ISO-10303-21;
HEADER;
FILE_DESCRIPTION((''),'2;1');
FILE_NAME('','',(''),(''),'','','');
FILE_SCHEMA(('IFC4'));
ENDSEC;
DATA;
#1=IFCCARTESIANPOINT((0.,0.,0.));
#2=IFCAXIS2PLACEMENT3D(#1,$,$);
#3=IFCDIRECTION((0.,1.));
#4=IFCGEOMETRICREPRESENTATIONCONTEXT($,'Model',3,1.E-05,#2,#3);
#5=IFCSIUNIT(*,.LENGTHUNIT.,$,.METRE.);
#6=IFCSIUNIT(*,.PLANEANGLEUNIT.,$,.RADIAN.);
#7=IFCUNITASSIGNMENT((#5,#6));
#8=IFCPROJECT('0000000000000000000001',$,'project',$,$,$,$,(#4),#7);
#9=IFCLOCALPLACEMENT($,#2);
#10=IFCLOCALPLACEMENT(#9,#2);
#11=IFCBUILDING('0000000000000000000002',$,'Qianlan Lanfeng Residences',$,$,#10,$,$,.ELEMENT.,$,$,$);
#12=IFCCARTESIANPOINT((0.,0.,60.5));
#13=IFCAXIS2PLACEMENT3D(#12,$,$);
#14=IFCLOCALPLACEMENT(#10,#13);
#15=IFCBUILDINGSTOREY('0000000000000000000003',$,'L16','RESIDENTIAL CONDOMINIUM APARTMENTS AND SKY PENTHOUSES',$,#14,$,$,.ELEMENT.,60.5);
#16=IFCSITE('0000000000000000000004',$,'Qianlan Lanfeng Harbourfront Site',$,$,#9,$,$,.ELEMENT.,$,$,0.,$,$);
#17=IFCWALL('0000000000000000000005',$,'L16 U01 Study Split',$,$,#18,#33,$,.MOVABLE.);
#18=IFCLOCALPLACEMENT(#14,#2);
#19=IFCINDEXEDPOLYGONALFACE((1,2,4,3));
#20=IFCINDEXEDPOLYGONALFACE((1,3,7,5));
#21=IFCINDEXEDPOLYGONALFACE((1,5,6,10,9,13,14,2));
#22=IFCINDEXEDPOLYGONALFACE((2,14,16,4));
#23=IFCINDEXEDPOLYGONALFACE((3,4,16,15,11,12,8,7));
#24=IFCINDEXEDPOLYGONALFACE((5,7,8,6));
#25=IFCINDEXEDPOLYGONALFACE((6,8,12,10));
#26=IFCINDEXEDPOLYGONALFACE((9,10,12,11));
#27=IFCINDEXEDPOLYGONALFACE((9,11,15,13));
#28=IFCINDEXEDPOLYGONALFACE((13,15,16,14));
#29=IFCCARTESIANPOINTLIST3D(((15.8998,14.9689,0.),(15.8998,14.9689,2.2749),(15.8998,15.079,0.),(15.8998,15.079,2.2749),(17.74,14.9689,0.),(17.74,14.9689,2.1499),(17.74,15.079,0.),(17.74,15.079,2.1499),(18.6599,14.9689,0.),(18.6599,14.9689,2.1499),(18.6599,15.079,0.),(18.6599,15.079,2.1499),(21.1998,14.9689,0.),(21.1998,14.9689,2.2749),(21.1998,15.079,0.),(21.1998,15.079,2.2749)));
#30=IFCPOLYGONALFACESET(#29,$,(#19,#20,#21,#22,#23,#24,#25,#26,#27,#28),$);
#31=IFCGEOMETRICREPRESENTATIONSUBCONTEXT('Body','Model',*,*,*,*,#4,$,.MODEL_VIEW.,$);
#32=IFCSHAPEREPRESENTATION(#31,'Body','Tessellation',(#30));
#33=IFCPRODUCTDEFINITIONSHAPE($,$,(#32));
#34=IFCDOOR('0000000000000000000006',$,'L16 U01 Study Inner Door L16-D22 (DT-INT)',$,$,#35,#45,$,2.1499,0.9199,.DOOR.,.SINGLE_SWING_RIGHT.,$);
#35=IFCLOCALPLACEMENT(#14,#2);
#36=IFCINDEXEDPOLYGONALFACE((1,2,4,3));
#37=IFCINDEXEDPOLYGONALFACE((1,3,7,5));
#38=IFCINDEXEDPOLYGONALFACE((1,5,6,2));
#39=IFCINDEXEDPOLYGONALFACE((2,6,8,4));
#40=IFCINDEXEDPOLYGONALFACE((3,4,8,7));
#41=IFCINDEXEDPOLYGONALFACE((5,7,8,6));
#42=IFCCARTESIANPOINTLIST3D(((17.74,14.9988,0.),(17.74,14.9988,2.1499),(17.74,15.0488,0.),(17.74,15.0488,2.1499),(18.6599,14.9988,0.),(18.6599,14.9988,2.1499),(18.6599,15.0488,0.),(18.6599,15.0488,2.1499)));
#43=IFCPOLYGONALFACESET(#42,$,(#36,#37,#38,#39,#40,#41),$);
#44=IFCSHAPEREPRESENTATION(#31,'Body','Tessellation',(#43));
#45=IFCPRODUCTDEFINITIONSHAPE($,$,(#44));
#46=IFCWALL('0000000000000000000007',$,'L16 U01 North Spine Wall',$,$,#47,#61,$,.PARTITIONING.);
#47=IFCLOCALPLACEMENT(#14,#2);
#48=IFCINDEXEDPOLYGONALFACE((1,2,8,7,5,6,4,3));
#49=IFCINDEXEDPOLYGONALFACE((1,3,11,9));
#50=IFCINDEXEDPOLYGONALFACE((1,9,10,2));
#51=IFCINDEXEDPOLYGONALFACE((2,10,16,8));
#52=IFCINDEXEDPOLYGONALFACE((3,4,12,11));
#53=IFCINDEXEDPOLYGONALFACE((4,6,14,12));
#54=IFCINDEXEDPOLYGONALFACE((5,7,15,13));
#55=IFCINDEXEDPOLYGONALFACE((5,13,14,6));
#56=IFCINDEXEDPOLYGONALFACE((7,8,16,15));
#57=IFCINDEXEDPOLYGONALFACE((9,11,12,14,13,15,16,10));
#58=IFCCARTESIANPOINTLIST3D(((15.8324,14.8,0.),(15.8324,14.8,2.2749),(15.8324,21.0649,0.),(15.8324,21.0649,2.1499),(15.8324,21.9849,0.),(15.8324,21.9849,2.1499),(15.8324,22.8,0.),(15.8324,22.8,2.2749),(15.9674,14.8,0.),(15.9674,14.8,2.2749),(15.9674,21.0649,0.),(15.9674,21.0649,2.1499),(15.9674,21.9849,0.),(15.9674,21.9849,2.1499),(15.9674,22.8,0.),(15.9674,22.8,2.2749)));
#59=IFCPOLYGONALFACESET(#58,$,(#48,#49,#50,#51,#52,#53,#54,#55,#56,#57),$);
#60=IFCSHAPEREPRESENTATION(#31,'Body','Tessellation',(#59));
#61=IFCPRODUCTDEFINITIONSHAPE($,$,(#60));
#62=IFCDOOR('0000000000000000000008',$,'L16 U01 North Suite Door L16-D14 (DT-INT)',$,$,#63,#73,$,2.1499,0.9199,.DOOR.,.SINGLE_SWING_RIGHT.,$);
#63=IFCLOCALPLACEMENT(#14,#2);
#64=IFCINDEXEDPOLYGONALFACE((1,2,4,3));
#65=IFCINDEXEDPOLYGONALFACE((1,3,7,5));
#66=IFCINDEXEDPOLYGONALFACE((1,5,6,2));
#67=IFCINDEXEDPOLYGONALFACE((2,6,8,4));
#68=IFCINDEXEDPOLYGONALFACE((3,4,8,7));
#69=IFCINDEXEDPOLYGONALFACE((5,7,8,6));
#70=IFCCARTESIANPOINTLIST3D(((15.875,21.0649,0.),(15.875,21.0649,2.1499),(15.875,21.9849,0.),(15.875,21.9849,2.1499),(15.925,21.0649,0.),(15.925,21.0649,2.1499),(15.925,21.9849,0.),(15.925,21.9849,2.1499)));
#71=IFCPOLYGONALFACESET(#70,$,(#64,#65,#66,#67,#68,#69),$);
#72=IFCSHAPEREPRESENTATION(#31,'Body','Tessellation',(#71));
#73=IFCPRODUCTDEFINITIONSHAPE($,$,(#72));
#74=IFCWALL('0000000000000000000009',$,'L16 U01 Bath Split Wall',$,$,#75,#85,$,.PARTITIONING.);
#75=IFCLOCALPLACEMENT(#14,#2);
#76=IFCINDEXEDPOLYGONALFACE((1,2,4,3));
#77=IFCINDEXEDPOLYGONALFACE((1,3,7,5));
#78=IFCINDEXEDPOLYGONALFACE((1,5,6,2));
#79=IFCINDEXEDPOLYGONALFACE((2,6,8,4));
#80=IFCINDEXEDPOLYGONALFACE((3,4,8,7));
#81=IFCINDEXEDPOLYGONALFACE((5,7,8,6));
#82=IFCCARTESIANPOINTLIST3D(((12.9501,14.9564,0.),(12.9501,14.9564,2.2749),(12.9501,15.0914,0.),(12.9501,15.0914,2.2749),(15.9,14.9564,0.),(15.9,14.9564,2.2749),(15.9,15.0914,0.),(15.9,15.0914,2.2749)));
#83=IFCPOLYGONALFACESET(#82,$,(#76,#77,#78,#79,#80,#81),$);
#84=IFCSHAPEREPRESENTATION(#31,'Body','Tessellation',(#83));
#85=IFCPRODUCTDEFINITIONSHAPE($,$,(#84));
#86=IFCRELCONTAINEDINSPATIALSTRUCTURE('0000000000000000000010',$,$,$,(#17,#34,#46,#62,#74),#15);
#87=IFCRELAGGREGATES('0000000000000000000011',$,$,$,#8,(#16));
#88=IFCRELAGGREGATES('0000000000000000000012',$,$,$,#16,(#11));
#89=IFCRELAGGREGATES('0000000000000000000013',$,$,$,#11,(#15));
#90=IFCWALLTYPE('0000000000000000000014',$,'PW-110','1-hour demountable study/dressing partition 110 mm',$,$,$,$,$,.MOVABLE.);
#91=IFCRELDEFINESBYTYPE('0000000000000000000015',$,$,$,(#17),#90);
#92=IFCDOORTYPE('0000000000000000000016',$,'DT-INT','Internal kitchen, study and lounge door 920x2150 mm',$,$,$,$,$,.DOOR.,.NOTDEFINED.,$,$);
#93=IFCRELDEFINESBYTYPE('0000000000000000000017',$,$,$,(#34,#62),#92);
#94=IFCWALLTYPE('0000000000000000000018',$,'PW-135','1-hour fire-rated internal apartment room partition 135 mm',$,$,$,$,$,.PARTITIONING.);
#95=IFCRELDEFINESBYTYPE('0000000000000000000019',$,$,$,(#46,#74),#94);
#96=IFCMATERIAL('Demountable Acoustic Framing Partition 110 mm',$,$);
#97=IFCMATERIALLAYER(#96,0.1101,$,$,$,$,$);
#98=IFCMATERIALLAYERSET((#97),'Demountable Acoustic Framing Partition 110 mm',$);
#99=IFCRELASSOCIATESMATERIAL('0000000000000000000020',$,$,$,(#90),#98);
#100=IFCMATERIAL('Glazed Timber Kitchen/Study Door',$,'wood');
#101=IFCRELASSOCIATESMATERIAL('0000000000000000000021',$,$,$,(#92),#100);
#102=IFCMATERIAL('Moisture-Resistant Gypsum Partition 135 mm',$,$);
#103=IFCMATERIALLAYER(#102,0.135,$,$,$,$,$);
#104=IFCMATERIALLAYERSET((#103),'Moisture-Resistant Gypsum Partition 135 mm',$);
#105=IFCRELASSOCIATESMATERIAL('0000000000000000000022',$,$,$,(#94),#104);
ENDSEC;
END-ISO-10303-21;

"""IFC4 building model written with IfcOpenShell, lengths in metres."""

from ifc_helpers import new_model, si_unit, direction, frame, frame_2d, origin, place, context, subcontext, project, spatial, rectangle, extrude, material, layer, layer_set, type_object, element, fill, save


model = new_model("IFC4")

# Units and contexts
model_context = context("Model", 3, precision=1e-05, world=origin(), true_north=direction((0.0, 1.0)))
body_context = subcontext(model_context, "Body", "Model", "MODEL_VIEW")
ifc_project = project(units=[si_unit("LENGTHUNIT", "METRE"), si_unit("PLANEANGLEUNIT", "RADIAN")], contexts=[model_context])

# Site, building, storey
site_placement = place(None, origin())
site = spatial("IfcSite", under=ifc_project, at=site_placement, Name="Qianlan Lanfeng Harbourfront Site", CompositionType="ELEMENT", RefElevation=0.0)
building_placement = place(site_placement, origin())
building = spatial("IfcBuilding", under=site, at=building_placement, Name="Qianlan Lanfeng Residences", CompositionType="ELEMENT")
storey_placement = place(building_placement, frame((0.0, 0.0, 60.5)))
storey = spatial("IfcBuildingStorey", under=building, at=storey_placement, Name="L16", Description="RESIDENTIAL CONDOMINIUM APARTMENTS AND SKY PENTHOUSES", CompositionType="ELEMENT", Elevation=60.5)

# Walls, openings, doors
ifc_material_1 = material(Name="Demountable Acoustic Framing Partition 110 mm")
ifc_layer_1 = layer(ifc_material_1, 0.1101)
ifc_layer_set_1 = layer_set([ifc_layer_1], Name="Demountable Acoustic Framing Partition 110 mm")
wall_type_1 = type_object("IfcWallType", Name="PW-110", Description="1-hour demountable study/dressing partition 110 mm", PredefinedType="MOVABLE", material=ifc_layer_set_1)
wall_1_placement = place(storey_placement, frame((15.8999, 15.0239, 0.0), z_axis=(0.0, 0.0, 1.0), x_axis=(1.0, 0.0, 0.0)))
wall_1 = element("IfcWall", 1, at=wall_1_placement, inside=storey, type_object=wall_type_1, Name="L16 U01 Study Split", PredefinedType="MOVABLE", context=body_context, shape_type="SweptSolid", body=[
    extrude(rectangle(XDim=5.3, YDim=0.1101, at=frame_2d((2.6499, 0.0))), origin(), (0.0, 0.0, 1.0), 2.2749),
])
opening_1_placement = place(wall_1_placement, frame((1.8401, 0.0, 0.0)))
opening_1 = element("IfcOpeningElement", 2, at=opening_1_placement, cuts=wall_1, PredefinedType="OPENING", context=body_context, shape_type="SweptSolid", body=[
    extrude(rectangle(XDim=0.9199, YDim=2.1499, at=frame_2d((0.46, 1.075))), frame((0.0, 0.0649, 0.0), z_axis=(0.0, -1.0, 0.0), x_axis=(1.0, 0.0, 0.0)), (0.0, 0.0, 1.0), 0.1301),
])
ifc_material_2 = material(Name="Glazed Timber Kitchen/Study Door", Category="wood")
door_type = type_object("IfcDoorType", Name="DT-INT", Description="Internal kitchen, study and lounge door 920x2150 mm", OperationType="NOTDEFINED", PredefinedType="DOOR", material=ifc_material_2)
door_1_placement = place(opening_1_placement, origin())
door_1 = element("IfcDoor", 3, at=door_1_placement, inside=storey, type_object=door_type, Name="L16 U01 Study Inner Door L16-D22 (DT-INT)", OperationType="SINGLE_SWING_RIGHT", OverallHeight=2.1499, OverallWidth=0.9199, PredefinedType="DOOR", context=body_context, shape_type="SweptSolid", body=[
    extrude(rectangle(XDim=0.9199, YDim=2.1499, at=frame_2d((0.46, 1.075))), frame((0.0, 0.0249, 0.0), z_axis=(0.0, -1.0, 0.0), x_axis=(1.0, 0.0, 0.0)), (0.0, 0.0, 1.0), 0.05),
])
fill(opening_1, door_1)
ifc_material_3 = material(Name="Moisture-Resistant Gypsum Partition 135 mm")
ifc_layer_2 = layer(ifc_material_3, 0.135)
ifc_layer_set_2 = layer_set([ifc_layer_2], Name="Moisture-Resistant Gypsum Partition 135 mm")
wall_type_2 = type_object("IfcWallType", Name="PW-135", Description="1-hour fire-rated internal apartment room partition 135 mm", PredefinedType="PARTITIONING", material=ifc_layer_set_2)
wall_2_placement = place(storey_placement, frame((15.8999, 14.8, 0.0), z_axis=(0.0, 0.0, 1.0), x_axis=(0.0, 1.0, 0.0)))
wall_2 = element("IfcWall", 4, at=wall_2_placement, inside=storey, type_object=wall_type_2, Name="L16 U01 North Spine Wall", PredefinedType="PARTITIONING", context=body_context, shape_type="SweptSolid", body=[
    extrude(rectangle(XDim=8.0, YDim=0.135, at=frame_2d((4.0, 0.0))), origin(), (0.0, 0.0, 1.0), 2.2749),
])
opening_2_placement = place(wall_2_placement, frame((6.2649, 0.0, 0.0)))
opening_2 = element("IfcOpeningElement", 5, at=opening_2_placement, cuts=wall_2, PredefinedType="OPENING", context=body_context, shape_type="SweptSolid", body=[
    extrude(rectangle(XDim=0.9199, YDim=2.1499, at=frame_2d((0.46, 1.075))), frame((0.0, 0.0776, 0.0), z_axis=(0.0, -1.0, 0.0), x_axis=(1.0, 0.0, 0.0)), (0.0, 0.0, 1.0), 0.155),
])
door_2_placement = place(opening_2_placement, origin())
door_2 = element("IfcDoor", 6, at=door_2_placement, inside=storey, type_object=door_type, Name="L16 U01 North Suite Door L16-D14 (DT-INT)", OperationType="SINGLE_SWING_RIGHT", OverallHeight=2.1499, OverallWidth=0.9199, PredefinedType="DOOR", context=body_context, shape_type="SweptSolid", body=[
    extrude(rectangle(XDim=0.9199, YDim=2.1499, at=frame_2d((0.46, 1.075))), frame((0.0, 0.0249, 0.0), z_axis=(0.0, -1.0, 0.0), x_axis=(1.0, 0.0, 0.0)), (0.0, 0.0, 1.0), 0.05),
])
fill(opening_2, door_2)

# Wall
wall_3_placement = place(storey_placement, frame((12.95, 15.0239, 0.0), z_axis=(0.0, 0.0, 1.0), x_axis=(1.0, 0.0, 0.0)))
element("IfcWall", 7, at=wall_3_placement, inside=storey, type_object=wall_type_2, Name="L16 U01 Bath Split Wall", PredefinedType="PARTITIONING", context=body_context, shape_type="SweptSolid", body=[
    extrude(rectangle(XDim=2.95, YDim=0.135, at=frame_2d((1.4751, 0.0))), origin(), (0.0, 0.0, 1.0), 2.2749),
])

save(model, "model.ifc")
